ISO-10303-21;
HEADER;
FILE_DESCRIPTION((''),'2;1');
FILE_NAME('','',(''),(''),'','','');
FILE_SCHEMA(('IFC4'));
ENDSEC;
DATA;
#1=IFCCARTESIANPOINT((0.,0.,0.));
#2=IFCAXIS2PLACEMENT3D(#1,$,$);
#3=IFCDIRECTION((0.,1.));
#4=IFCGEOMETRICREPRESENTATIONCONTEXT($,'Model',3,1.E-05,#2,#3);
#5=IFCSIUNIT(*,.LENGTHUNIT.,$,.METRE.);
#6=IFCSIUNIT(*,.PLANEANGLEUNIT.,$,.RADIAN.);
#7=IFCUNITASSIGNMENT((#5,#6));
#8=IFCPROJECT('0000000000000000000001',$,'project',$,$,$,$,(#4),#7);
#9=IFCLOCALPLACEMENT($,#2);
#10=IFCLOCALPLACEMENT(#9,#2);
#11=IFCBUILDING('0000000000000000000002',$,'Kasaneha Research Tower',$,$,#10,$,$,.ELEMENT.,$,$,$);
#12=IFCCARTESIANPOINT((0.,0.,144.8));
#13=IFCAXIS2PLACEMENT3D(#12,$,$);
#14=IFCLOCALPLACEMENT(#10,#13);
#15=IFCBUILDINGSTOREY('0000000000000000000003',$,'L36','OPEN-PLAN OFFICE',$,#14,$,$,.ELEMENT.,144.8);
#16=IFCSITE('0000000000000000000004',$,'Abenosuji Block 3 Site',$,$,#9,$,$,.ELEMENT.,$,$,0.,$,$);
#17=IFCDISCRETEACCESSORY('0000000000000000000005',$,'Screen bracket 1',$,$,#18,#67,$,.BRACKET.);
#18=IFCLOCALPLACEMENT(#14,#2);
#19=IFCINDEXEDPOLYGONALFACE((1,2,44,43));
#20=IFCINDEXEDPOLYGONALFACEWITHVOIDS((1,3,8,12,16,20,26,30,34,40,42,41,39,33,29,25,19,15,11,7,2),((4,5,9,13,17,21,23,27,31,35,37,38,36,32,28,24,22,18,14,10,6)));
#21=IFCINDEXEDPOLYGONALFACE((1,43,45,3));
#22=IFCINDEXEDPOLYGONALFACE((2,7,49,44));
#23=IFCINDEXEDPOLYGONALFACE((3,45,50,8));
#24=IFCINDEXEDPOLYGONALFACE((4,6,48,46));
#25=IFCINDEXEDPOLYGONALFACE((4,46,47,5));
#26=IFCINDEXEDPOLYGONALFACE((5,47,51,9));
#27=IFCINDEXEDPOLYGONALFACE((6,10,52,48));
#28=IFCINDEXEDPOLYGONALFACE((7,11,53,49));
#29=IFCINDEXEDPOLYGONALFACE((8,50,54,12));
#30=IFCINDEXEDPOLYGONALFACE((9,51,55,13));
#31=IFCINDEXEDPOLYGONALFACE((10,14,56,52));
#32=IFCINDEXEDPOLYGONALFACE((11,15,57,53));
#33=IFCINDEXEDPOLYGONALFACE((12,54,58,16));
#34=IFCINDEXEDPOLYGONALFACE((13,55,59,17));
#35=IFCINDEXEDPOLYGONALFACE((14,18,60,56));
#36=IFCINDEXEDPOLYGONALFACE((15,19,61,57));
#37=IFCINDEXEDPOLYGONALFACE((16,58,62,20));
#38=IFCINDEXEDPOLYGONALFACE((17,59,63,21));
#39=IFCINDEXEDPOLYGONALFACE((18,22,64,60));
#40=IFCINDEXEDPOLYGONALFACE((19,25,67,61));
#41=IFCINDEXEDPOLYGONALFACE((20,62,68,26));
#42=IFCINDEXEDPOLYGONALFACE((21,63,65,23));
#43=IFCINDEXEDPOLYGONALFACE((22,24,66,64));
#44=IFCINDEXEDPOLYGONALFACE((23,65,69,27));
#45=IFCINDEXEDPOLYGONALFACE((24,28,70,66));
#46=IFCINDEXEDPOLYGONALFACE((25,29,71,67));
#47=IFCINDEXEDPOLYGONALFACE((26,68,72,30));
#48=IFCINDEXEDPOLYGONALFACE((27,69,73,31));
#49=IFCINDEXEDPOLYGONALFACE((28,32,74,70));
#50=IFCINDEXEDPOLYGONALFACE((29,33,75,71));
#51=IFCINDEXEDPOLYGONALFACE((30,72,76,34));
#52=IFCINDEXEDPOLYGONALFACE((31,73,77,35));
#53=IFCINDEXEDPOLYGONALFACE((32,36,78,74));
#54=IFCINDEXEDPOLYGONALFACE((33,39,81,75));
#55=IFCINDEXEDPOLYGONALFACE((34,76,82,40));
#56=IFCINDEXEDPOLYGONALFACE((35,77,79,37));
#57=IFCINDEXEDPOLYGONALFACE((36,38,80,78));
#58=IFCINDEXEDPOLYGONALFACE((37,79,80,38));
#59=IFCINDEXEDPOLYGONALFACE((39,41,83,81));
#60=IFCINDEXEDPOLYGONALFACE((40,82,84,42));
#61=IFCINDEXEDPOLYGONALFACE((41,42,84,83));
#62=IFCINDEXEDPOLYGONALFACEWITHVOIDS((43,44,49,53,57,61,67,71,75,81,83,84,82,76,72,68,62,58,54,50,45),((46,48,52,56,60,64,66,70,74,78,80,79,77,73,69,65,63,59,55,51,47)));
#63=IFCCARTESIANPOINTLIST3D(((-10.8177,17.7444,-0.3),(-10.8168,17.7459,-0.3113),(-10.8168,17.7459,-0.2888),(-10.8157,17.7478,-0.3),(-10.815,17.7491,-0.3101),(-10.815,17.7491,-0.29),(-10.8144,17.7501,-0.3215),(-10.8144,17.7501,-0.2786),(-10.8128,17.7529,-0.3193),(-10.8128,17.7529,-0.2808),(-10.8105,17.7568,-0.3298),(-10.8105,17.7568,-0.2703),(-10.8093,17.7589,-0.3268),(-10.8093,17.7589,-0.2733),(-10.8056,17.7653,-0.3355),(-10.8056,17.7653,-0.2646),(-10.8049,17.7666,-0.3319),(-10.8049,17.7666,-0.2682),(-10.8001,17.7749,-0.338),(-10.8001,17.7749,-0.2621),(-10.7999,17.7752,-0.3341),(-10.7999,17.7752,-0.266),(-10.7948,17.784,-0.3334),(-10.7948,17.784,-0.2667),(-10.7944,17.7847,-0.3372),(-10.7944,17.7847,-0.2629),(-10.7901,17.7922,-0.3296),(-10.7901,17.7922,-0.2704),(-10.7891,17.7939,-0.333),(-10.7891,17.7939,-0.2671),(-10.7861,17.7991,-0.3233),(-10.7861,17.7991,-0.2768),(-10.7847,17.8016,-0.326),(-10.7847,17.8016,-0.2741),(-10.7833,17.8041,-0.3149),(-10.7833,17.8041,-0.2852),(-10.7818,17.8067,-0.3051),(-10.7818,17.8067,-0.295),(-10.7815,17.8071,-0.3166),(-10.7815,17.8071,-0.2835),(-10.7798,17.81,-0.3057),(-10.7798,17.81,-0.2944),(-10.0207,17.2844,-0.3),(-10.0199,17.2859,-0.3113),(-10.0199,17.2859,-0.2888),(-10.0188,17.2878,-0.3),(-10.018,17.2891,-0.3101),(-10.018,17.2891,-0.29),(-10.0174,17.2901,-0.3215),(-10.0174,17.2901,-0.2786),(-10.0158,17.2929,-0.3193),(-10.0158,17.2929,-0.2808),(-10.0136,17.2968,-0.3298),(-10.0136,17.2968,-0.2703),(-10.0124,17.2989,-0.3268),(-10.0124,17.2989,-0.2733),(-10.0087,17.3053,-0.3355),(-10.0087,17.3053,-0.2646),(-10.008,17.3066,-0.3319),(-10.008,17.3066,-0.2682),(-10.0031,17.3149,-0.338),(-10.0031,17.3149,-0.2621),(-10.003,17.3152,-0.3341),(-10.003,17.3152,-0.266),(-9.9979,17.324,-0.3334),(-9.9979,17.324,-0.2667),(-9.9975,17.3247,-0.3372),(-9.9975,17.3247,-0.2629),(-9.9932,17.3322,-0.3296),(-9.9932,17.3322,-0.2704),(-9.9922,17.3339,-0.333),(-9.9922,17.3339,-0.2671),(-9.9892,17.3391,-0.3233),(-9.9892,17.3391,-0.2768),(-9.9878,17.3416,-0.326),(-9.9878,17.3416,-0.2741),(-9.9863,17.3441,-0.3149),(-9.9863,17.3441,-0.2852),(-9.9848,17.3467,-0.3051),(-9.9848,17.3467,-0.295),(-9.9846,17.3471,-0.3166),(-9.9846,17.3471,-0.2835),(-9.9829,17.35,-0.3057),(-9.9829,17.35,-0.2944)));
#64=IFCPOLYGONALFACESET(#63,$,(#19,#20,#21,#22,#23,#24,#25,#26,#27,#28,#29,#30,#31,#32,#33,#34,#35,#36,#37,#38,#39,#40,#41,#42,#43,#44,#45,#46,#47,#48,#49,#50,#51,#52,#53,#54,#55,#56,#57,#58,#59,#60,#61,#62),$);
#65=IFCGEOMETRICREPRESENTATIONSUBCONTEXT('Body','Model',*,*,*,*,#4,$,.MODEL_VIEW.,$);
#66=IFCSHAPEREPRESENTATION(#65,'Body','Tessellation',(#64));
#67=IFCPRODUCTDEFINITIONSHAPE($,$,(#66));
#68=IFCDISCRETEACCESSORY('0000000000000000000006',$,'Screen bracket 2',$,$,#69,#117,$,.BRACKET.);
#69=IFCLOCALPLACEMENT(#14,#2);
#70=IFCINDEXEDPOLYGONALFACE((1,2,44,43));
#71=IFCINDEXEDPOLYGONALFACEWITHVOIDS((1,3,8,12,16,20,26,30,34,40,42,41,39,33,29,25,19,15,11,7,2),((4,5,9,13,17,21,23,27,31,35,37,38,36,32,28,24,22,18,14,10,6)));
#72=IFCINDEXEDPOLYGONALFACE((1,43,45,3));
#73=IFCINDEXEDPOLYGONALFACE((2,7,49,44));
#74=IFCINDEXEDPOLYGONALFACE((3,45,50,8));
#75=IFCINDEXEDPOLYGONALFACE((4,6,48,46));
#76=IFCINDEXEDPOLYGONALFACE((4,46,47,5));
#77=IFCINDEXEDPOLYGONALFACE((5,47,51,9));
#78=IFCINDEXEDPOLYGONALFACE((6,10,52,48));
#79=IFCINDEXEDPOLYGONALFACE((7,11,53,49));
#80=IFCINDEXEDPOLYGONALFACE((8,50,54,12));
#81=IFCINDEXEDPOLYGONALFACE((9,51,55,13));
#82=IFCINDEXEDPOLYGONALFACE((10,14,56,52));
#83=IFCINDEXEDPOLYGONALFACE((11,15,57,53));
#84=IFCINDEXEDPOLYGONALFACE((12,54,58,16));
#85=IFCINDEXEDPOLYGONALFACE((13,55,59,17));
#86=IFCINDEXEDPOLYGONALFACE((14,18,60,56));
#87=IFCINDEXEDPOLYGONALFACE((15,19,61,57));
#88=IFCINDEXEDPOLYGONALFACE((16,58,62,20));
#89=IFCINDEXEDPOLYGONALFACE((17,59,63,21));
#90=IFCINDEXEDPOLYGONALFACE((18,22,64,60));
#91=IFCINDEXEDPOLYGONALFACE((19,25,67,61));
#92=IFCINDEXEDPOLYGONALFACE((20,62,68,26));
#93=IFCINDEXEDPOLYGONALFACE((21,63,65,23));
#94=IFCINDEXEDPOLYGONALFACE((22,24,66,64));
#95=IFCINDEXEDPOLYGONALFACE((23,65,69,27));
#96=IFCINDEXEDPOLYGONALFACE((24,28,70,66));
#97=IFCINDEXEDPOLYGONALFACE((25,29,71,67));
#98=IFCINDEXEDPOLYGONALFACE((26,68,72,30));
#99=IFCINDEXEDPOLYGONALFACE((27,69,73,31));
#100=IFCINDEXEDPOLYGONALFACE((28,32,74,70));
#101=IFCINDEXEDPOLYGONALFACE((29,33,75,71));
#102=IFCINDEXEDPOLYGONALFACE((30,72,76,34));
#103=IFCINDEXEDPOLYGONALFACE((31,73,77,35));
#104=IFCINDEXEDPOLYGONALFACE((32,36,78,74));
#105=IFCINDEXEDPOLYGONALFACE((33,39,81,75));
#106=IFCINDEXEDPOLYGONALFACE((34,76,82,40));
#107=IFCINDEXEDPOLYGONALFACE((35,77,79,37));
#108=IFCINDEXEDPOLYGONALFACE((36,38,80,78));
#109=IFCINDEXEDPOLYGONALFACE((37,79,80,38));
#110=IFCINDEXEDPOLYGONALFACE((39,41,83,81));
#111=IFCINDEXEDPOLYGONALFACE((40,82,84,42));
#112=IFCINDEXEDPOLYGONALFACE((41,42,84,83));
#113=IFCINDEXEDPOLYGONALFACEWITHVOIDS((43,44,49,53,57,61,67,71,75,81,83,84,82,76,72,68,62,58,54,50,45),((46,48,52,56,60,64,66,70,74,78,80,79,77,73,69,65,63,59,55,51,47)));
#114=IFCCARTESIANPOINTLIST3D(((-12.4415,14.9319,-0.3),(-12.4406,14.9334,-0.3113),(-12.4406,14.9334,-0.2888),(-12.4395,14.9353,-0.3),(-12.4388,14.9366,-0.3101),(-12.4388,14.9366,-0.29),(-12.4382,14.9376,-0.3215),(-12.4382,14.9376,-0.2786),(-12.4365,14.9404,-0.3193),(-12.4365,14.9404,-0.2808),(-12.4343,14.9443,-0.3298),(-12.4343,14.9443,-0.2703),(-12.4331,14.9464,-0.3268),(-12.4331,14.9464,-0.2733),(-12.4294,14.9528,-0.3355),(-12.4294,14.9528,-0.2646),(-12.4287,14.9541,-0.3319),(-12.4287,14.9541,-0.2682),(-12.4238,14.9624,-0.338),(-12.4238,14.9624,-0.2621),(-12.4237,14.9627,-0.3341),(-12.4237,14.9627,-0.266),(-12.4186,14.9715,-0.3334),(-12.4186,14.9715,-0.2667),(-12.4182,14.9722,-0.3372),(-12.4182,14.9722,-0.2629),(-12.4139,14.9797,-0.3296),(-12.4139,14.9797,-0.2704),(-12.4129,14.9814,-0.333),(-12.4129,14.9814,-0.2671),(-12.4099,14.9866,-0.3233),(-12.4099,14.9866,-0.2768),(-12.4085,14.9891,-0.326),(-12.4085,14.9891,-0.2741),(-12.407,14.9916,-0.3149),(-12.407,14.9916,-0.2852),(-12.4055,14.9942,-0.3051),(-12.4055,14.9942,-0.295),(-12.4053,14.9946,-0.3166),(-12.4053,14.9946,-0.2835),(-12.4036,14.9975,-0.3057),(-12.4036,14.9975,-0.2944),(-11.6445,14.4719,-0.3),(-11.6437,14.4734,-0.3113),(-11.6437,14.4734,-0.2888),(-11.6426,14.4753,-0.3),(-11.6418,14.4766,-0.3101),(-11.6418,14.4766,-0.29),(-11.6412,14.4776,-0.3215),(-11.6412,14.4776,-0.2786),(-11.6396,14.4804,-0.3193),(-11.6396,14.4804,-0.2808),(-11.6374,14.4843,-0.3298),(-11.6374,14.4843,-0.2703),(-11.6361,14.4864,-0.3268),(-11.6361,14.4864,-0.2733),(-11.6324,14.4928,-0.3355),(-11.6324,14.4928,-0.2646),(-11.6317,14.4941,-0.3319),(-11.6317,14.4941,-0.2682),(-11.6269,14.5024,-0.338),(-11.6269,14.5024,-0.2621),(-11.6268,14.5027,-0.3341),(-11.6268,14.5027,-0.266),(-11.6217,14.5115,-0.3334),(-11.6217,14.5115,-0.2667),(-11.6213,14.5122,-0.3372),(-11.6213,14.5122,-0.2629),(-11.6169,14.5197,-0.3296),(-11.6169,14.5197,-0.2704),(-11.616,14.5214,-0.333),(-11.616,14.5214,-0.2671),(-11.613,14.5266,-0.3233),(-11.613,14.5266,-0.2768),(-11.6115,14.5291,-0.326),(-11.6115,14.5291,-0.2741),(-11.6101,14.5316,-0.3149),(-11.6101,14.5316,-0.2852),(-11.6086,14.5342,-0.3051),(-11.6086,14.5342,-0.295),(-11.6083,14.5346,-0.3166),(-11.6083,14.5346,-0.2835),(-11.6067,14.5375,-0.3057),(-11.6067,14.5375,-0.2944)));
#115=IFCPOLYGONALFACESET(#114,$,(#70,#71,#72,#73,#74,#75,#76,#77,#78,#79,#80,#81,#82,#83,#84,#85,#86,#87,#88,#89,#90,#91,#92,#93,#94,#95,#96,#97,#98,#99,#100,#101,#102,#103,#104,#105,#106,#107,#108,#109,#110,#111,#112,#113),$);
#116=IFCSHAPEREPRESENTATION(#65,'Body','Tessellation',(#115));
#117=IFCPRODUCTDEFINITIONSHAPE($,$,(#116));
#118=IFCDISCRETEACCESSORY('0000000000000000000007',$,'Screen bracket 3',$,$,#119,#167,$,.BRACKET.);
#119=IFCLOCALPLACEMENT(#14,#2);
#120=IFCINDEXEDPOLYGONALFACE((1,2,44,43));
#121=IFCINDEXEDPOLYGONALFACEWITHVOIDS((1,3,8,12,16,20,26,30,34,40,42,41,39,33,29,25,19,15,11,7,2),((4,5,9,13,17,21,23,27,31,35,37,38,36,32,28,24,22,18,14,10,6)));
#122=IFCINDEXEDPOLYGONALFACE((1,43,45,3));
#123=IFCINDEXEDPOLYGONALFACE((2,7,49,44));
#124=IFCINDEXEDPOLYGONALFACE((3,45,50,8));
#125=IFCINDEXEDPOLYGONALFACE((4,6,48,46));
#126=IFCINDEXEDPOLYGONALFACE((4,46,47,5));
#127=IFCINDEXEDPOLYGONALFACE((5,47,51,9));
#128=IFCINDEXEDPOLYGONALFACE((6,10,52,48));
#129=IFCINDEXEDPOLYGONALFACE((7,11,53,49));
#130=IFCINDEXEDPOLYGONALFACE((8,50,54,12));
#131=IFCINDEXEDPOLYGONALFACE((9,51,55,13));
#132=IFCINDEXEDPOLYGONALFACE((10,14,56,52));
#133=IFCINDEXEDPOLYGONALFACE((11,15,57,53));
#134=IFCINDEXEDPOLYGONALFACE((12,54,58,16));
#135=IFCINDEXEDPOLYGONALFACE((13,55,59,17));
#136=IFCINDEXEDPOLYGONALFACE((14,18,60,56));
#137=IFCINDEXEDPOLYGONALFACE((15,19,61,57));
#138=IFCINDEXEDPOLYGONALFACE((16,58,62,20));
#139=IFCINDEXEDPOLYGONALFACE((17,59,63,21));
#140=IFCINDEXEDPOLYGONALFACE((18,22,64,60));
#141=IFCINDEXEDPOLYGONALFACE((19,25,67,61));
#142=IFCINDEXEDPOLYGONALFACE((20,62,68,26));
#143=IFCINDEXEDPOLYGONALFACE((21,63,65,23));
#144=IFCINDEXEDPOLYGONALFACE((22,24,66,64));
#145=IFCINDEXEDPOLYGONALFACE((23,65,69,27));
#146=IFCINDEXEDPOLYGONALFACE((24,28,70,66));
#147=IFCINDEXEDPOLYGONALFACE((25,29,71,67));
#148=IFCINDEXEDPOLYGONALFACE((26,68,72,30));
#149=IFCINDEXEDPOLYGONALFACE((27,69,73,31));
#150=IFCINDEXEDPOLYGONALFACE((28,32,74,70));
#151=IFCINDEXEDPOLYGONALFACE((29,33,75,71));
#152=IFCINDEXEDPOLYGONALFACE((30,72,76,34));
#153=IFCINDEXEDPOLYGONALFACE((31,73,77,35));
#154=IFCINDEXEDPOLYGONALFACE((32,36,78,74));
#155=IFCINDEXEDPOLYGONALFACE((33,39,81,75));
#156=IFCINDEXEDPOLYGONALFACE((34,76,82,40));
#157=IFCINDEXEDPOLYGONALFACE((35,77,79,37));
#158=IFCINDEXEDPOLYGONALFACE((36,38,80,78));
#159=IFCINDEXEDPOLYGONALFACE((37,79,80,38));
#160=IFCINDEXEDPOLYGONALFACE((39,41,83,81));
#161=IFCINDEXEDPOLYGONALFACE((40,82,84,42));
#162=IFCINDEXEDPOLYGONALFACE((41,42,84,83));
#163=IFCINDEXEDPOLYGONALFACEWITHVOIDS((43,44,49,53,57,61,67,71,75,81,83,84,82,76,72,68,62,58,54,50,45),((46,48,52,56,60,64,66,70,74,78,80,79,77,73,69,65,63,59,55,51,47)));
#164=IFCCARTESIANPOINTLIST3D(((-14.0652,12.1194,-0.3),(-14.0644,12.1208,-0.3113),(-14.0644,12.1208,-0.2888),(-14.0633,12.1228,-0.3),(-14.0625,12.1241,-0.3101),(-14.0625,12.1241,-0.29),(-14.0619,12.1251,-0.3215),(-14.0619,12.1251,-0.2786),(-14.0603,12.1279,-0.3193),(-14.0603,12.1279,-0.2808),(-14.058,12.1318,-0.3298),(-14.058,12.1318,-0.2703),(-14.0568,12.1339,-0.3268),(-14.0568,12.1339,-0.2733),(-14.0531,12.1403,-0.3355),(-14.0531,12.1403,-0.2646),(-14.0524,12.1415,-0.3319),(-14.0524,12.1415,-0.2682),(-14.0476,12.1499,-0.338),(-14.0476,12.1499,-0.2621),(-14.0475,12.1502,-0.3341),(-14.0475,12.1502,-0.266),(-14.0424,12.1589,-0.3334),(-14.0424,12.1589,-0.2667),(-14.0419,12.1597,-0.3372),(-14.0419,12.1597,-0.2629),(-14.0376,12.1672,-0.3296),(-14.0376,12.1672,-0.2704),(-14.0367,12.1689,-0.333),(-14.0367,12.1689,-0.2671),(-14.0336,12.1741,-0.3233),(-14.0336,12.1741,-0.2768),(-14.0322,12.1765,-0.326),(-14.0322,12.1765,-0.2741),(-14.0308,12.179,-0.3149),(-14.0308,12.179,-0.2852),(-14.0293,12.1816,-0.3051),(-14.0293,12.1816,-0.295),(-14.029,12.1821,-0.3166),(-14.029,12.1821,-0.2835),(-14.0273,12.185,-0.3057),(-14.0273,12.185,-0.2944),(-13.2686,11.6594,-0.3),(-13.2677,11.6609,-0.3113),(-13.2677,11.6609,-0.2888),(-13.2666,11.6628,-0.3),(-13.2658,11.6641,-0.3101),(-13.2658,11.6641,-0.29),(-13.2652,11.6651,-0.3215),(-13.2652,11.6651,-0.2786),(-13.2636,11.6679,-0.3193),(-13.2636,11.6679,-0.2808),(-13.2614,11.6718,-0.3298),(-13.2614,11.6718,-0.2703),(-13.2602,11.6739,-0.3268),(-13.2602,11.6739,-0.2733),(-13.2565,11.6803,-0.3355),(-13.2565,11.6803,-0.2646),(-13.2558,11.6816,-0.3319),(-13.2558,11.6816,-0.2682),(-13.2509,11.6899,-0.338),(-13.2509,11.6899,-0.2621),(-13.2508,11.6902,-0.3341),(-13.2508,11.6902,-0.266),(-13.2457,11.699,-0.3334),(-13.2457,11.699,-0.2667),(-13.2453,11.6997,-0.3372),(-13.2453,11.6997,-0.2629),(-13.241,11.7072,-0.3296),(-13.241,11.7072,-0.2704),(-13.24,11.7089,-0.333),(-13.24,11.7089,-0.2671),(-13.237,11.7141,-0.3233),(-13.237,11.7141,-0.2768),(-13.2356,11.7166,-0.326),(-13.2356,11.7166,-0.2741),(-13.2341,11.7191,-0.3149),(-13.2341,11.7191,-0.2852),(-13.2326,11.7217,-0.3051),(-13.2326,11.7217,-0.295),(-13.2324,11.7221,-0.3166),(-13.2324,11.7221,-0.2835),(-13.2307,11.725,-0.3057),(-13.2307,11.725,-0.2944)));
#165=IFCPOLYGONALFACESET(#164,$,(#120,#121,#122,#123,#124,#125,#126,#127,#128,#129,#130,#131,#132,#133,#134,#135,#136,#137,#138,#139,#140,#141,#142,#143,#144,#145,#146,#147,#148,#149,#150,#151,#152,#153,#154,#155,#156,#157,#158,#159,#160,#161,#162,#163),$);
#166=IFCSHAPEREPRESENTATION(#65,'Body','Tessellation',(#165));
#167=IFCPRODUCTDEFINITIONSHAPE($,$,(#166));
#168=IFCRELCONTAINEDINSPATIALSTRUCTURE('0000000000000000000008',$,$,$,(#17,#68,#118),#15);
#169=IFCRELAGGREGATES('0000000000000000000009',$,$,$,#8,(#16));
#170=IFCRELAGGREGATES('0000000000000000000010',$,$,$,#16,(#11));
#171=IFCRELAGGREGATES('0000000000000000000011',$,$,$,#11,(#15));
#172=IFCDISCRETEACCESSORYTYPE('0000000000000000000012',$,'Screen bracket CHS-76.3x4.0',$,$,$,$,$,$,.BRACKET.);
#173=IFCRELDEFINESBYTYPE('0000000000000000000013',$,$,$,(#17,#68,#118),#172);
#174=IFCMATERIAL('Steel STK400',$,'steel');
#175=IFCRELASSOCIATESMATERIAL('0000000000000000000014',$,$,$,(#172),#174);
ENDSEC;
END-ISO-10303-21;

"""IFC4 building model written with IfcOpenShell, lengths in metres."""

from ifc_helpers import new_model, si_unit, direction, frame, origin, origin_2d, place, context, subcontext, project, spatial, hollow_circle, extrude, material, material_profile, profile_set, type_object, element, save


model = new_model("IFC4")

# Units and contexts
model_context = context("Model", 3, precision=1e-05, world=origin(), true_north=direction((0.0, 1.0)))
body_context = subcontext(model_context, "Body", "Model", "MODEL_VIEW")
ifc_project = project(units=[si_unit("LENGTHUNIT", "METRE"), si_unit("PLANEANGLEUNIT", "RADIAN")], contexts=[model_context])

# Site, building, storey
site_placement = place(None, origin())
site = spatial("IfcSite", under=ifc_project, at=site_placement, Name="Abenosuji Block 3 Site", CompositionType="ELEMENT", RefElevation=0.0)
building_placement = place(site_placement, origin())
building = spatial("IfcBuilding", under=site, at=building_placement, Name="Kasaneha Research Tower", CompositionType="ELEMENT")
storey_placement = place(building_placement, frame((0.0, 0.0, 144.8)))
storey = spatial("IfcBuildingStorey", under=building, at=storey_placement, Name="L36", Description="OPEN-PLAN OFFICE", CompositionType="ELEMENT", Elevation=144.8)

# Discrete accessories
ifc_material_1 = material(Name="Steel STK400", Category="steel")
ifc_material_profile_1 = material_profile(ifc_material_1, hollow_circle(Radius=0.0381, WallThickness=0.0039, at=origin_2d()), Name="CHS-76.3x4.0")
ifc_profile_set_1 = profile_set([ifc_material_profile_1], Name="Steel STK400")
discrete_accessory_type = type_object("IfcDiscreteAccessoryType", Name="Screen bracket CHS-76.3x4.0", PredefinedType="BRACKET", material=ifc_profile_set_1)
for number, where, z_axis, x_axis, name in (
    (1, (-10.0017, 17.3174, -0.3), (-0.86608, 0.499906, 0.0), (-0.499906, -0.86608, 0.0), "Screen bracket 1"),
    (2, (-11.6255, 14.5049, -0.3), (-0.86608, 0.499906, 0.0), (-0.499906, -0.86608, 0.0), "Screen bracket 2"),
):
    element("IfcDiscreteAccessory", number, at=place(storey_placement, frame(where, z_axis=z_axis, x_axis=x_axis)), inside=storey, type_object=discrete_accessory_type, Name=name, PredefinedType="BRACKET", context=body_context, shape_type="SweptSolid", body=[
        extrude(hollow_circle(Radius=0.0381, WallThickness=0.0039, at=origin_2d()), origin(), (0.0, 0.0, 1.0), 0.9202),
    ])
for number, where, z_axis, x_axis, name in (
    (3, (-13.2495, 11.6924, -0.3), (-0.866013, 0.500021, 0.0), (-0.500021, -0.866013, 0.0), "Screen bracket 3"),
):
    element("IfcDiscreteAccessory", number, at=place(storey_placement, frame(where, z_axis=z_axis, x_axis=x_axis)), inside=storey, type_object=discrete_accessory_type, Name=name, PredefinedType="BRACKET", context=body_context, shape_type="SweptSolid", body=[
        extrude(hollow_circle(Radius=0.0381, WallThickness=0.0039, at=origin_2d()), origin(), (0.0, 0.0, 1.0), 0.9199),
    ])

save(model, "model.ifc")
